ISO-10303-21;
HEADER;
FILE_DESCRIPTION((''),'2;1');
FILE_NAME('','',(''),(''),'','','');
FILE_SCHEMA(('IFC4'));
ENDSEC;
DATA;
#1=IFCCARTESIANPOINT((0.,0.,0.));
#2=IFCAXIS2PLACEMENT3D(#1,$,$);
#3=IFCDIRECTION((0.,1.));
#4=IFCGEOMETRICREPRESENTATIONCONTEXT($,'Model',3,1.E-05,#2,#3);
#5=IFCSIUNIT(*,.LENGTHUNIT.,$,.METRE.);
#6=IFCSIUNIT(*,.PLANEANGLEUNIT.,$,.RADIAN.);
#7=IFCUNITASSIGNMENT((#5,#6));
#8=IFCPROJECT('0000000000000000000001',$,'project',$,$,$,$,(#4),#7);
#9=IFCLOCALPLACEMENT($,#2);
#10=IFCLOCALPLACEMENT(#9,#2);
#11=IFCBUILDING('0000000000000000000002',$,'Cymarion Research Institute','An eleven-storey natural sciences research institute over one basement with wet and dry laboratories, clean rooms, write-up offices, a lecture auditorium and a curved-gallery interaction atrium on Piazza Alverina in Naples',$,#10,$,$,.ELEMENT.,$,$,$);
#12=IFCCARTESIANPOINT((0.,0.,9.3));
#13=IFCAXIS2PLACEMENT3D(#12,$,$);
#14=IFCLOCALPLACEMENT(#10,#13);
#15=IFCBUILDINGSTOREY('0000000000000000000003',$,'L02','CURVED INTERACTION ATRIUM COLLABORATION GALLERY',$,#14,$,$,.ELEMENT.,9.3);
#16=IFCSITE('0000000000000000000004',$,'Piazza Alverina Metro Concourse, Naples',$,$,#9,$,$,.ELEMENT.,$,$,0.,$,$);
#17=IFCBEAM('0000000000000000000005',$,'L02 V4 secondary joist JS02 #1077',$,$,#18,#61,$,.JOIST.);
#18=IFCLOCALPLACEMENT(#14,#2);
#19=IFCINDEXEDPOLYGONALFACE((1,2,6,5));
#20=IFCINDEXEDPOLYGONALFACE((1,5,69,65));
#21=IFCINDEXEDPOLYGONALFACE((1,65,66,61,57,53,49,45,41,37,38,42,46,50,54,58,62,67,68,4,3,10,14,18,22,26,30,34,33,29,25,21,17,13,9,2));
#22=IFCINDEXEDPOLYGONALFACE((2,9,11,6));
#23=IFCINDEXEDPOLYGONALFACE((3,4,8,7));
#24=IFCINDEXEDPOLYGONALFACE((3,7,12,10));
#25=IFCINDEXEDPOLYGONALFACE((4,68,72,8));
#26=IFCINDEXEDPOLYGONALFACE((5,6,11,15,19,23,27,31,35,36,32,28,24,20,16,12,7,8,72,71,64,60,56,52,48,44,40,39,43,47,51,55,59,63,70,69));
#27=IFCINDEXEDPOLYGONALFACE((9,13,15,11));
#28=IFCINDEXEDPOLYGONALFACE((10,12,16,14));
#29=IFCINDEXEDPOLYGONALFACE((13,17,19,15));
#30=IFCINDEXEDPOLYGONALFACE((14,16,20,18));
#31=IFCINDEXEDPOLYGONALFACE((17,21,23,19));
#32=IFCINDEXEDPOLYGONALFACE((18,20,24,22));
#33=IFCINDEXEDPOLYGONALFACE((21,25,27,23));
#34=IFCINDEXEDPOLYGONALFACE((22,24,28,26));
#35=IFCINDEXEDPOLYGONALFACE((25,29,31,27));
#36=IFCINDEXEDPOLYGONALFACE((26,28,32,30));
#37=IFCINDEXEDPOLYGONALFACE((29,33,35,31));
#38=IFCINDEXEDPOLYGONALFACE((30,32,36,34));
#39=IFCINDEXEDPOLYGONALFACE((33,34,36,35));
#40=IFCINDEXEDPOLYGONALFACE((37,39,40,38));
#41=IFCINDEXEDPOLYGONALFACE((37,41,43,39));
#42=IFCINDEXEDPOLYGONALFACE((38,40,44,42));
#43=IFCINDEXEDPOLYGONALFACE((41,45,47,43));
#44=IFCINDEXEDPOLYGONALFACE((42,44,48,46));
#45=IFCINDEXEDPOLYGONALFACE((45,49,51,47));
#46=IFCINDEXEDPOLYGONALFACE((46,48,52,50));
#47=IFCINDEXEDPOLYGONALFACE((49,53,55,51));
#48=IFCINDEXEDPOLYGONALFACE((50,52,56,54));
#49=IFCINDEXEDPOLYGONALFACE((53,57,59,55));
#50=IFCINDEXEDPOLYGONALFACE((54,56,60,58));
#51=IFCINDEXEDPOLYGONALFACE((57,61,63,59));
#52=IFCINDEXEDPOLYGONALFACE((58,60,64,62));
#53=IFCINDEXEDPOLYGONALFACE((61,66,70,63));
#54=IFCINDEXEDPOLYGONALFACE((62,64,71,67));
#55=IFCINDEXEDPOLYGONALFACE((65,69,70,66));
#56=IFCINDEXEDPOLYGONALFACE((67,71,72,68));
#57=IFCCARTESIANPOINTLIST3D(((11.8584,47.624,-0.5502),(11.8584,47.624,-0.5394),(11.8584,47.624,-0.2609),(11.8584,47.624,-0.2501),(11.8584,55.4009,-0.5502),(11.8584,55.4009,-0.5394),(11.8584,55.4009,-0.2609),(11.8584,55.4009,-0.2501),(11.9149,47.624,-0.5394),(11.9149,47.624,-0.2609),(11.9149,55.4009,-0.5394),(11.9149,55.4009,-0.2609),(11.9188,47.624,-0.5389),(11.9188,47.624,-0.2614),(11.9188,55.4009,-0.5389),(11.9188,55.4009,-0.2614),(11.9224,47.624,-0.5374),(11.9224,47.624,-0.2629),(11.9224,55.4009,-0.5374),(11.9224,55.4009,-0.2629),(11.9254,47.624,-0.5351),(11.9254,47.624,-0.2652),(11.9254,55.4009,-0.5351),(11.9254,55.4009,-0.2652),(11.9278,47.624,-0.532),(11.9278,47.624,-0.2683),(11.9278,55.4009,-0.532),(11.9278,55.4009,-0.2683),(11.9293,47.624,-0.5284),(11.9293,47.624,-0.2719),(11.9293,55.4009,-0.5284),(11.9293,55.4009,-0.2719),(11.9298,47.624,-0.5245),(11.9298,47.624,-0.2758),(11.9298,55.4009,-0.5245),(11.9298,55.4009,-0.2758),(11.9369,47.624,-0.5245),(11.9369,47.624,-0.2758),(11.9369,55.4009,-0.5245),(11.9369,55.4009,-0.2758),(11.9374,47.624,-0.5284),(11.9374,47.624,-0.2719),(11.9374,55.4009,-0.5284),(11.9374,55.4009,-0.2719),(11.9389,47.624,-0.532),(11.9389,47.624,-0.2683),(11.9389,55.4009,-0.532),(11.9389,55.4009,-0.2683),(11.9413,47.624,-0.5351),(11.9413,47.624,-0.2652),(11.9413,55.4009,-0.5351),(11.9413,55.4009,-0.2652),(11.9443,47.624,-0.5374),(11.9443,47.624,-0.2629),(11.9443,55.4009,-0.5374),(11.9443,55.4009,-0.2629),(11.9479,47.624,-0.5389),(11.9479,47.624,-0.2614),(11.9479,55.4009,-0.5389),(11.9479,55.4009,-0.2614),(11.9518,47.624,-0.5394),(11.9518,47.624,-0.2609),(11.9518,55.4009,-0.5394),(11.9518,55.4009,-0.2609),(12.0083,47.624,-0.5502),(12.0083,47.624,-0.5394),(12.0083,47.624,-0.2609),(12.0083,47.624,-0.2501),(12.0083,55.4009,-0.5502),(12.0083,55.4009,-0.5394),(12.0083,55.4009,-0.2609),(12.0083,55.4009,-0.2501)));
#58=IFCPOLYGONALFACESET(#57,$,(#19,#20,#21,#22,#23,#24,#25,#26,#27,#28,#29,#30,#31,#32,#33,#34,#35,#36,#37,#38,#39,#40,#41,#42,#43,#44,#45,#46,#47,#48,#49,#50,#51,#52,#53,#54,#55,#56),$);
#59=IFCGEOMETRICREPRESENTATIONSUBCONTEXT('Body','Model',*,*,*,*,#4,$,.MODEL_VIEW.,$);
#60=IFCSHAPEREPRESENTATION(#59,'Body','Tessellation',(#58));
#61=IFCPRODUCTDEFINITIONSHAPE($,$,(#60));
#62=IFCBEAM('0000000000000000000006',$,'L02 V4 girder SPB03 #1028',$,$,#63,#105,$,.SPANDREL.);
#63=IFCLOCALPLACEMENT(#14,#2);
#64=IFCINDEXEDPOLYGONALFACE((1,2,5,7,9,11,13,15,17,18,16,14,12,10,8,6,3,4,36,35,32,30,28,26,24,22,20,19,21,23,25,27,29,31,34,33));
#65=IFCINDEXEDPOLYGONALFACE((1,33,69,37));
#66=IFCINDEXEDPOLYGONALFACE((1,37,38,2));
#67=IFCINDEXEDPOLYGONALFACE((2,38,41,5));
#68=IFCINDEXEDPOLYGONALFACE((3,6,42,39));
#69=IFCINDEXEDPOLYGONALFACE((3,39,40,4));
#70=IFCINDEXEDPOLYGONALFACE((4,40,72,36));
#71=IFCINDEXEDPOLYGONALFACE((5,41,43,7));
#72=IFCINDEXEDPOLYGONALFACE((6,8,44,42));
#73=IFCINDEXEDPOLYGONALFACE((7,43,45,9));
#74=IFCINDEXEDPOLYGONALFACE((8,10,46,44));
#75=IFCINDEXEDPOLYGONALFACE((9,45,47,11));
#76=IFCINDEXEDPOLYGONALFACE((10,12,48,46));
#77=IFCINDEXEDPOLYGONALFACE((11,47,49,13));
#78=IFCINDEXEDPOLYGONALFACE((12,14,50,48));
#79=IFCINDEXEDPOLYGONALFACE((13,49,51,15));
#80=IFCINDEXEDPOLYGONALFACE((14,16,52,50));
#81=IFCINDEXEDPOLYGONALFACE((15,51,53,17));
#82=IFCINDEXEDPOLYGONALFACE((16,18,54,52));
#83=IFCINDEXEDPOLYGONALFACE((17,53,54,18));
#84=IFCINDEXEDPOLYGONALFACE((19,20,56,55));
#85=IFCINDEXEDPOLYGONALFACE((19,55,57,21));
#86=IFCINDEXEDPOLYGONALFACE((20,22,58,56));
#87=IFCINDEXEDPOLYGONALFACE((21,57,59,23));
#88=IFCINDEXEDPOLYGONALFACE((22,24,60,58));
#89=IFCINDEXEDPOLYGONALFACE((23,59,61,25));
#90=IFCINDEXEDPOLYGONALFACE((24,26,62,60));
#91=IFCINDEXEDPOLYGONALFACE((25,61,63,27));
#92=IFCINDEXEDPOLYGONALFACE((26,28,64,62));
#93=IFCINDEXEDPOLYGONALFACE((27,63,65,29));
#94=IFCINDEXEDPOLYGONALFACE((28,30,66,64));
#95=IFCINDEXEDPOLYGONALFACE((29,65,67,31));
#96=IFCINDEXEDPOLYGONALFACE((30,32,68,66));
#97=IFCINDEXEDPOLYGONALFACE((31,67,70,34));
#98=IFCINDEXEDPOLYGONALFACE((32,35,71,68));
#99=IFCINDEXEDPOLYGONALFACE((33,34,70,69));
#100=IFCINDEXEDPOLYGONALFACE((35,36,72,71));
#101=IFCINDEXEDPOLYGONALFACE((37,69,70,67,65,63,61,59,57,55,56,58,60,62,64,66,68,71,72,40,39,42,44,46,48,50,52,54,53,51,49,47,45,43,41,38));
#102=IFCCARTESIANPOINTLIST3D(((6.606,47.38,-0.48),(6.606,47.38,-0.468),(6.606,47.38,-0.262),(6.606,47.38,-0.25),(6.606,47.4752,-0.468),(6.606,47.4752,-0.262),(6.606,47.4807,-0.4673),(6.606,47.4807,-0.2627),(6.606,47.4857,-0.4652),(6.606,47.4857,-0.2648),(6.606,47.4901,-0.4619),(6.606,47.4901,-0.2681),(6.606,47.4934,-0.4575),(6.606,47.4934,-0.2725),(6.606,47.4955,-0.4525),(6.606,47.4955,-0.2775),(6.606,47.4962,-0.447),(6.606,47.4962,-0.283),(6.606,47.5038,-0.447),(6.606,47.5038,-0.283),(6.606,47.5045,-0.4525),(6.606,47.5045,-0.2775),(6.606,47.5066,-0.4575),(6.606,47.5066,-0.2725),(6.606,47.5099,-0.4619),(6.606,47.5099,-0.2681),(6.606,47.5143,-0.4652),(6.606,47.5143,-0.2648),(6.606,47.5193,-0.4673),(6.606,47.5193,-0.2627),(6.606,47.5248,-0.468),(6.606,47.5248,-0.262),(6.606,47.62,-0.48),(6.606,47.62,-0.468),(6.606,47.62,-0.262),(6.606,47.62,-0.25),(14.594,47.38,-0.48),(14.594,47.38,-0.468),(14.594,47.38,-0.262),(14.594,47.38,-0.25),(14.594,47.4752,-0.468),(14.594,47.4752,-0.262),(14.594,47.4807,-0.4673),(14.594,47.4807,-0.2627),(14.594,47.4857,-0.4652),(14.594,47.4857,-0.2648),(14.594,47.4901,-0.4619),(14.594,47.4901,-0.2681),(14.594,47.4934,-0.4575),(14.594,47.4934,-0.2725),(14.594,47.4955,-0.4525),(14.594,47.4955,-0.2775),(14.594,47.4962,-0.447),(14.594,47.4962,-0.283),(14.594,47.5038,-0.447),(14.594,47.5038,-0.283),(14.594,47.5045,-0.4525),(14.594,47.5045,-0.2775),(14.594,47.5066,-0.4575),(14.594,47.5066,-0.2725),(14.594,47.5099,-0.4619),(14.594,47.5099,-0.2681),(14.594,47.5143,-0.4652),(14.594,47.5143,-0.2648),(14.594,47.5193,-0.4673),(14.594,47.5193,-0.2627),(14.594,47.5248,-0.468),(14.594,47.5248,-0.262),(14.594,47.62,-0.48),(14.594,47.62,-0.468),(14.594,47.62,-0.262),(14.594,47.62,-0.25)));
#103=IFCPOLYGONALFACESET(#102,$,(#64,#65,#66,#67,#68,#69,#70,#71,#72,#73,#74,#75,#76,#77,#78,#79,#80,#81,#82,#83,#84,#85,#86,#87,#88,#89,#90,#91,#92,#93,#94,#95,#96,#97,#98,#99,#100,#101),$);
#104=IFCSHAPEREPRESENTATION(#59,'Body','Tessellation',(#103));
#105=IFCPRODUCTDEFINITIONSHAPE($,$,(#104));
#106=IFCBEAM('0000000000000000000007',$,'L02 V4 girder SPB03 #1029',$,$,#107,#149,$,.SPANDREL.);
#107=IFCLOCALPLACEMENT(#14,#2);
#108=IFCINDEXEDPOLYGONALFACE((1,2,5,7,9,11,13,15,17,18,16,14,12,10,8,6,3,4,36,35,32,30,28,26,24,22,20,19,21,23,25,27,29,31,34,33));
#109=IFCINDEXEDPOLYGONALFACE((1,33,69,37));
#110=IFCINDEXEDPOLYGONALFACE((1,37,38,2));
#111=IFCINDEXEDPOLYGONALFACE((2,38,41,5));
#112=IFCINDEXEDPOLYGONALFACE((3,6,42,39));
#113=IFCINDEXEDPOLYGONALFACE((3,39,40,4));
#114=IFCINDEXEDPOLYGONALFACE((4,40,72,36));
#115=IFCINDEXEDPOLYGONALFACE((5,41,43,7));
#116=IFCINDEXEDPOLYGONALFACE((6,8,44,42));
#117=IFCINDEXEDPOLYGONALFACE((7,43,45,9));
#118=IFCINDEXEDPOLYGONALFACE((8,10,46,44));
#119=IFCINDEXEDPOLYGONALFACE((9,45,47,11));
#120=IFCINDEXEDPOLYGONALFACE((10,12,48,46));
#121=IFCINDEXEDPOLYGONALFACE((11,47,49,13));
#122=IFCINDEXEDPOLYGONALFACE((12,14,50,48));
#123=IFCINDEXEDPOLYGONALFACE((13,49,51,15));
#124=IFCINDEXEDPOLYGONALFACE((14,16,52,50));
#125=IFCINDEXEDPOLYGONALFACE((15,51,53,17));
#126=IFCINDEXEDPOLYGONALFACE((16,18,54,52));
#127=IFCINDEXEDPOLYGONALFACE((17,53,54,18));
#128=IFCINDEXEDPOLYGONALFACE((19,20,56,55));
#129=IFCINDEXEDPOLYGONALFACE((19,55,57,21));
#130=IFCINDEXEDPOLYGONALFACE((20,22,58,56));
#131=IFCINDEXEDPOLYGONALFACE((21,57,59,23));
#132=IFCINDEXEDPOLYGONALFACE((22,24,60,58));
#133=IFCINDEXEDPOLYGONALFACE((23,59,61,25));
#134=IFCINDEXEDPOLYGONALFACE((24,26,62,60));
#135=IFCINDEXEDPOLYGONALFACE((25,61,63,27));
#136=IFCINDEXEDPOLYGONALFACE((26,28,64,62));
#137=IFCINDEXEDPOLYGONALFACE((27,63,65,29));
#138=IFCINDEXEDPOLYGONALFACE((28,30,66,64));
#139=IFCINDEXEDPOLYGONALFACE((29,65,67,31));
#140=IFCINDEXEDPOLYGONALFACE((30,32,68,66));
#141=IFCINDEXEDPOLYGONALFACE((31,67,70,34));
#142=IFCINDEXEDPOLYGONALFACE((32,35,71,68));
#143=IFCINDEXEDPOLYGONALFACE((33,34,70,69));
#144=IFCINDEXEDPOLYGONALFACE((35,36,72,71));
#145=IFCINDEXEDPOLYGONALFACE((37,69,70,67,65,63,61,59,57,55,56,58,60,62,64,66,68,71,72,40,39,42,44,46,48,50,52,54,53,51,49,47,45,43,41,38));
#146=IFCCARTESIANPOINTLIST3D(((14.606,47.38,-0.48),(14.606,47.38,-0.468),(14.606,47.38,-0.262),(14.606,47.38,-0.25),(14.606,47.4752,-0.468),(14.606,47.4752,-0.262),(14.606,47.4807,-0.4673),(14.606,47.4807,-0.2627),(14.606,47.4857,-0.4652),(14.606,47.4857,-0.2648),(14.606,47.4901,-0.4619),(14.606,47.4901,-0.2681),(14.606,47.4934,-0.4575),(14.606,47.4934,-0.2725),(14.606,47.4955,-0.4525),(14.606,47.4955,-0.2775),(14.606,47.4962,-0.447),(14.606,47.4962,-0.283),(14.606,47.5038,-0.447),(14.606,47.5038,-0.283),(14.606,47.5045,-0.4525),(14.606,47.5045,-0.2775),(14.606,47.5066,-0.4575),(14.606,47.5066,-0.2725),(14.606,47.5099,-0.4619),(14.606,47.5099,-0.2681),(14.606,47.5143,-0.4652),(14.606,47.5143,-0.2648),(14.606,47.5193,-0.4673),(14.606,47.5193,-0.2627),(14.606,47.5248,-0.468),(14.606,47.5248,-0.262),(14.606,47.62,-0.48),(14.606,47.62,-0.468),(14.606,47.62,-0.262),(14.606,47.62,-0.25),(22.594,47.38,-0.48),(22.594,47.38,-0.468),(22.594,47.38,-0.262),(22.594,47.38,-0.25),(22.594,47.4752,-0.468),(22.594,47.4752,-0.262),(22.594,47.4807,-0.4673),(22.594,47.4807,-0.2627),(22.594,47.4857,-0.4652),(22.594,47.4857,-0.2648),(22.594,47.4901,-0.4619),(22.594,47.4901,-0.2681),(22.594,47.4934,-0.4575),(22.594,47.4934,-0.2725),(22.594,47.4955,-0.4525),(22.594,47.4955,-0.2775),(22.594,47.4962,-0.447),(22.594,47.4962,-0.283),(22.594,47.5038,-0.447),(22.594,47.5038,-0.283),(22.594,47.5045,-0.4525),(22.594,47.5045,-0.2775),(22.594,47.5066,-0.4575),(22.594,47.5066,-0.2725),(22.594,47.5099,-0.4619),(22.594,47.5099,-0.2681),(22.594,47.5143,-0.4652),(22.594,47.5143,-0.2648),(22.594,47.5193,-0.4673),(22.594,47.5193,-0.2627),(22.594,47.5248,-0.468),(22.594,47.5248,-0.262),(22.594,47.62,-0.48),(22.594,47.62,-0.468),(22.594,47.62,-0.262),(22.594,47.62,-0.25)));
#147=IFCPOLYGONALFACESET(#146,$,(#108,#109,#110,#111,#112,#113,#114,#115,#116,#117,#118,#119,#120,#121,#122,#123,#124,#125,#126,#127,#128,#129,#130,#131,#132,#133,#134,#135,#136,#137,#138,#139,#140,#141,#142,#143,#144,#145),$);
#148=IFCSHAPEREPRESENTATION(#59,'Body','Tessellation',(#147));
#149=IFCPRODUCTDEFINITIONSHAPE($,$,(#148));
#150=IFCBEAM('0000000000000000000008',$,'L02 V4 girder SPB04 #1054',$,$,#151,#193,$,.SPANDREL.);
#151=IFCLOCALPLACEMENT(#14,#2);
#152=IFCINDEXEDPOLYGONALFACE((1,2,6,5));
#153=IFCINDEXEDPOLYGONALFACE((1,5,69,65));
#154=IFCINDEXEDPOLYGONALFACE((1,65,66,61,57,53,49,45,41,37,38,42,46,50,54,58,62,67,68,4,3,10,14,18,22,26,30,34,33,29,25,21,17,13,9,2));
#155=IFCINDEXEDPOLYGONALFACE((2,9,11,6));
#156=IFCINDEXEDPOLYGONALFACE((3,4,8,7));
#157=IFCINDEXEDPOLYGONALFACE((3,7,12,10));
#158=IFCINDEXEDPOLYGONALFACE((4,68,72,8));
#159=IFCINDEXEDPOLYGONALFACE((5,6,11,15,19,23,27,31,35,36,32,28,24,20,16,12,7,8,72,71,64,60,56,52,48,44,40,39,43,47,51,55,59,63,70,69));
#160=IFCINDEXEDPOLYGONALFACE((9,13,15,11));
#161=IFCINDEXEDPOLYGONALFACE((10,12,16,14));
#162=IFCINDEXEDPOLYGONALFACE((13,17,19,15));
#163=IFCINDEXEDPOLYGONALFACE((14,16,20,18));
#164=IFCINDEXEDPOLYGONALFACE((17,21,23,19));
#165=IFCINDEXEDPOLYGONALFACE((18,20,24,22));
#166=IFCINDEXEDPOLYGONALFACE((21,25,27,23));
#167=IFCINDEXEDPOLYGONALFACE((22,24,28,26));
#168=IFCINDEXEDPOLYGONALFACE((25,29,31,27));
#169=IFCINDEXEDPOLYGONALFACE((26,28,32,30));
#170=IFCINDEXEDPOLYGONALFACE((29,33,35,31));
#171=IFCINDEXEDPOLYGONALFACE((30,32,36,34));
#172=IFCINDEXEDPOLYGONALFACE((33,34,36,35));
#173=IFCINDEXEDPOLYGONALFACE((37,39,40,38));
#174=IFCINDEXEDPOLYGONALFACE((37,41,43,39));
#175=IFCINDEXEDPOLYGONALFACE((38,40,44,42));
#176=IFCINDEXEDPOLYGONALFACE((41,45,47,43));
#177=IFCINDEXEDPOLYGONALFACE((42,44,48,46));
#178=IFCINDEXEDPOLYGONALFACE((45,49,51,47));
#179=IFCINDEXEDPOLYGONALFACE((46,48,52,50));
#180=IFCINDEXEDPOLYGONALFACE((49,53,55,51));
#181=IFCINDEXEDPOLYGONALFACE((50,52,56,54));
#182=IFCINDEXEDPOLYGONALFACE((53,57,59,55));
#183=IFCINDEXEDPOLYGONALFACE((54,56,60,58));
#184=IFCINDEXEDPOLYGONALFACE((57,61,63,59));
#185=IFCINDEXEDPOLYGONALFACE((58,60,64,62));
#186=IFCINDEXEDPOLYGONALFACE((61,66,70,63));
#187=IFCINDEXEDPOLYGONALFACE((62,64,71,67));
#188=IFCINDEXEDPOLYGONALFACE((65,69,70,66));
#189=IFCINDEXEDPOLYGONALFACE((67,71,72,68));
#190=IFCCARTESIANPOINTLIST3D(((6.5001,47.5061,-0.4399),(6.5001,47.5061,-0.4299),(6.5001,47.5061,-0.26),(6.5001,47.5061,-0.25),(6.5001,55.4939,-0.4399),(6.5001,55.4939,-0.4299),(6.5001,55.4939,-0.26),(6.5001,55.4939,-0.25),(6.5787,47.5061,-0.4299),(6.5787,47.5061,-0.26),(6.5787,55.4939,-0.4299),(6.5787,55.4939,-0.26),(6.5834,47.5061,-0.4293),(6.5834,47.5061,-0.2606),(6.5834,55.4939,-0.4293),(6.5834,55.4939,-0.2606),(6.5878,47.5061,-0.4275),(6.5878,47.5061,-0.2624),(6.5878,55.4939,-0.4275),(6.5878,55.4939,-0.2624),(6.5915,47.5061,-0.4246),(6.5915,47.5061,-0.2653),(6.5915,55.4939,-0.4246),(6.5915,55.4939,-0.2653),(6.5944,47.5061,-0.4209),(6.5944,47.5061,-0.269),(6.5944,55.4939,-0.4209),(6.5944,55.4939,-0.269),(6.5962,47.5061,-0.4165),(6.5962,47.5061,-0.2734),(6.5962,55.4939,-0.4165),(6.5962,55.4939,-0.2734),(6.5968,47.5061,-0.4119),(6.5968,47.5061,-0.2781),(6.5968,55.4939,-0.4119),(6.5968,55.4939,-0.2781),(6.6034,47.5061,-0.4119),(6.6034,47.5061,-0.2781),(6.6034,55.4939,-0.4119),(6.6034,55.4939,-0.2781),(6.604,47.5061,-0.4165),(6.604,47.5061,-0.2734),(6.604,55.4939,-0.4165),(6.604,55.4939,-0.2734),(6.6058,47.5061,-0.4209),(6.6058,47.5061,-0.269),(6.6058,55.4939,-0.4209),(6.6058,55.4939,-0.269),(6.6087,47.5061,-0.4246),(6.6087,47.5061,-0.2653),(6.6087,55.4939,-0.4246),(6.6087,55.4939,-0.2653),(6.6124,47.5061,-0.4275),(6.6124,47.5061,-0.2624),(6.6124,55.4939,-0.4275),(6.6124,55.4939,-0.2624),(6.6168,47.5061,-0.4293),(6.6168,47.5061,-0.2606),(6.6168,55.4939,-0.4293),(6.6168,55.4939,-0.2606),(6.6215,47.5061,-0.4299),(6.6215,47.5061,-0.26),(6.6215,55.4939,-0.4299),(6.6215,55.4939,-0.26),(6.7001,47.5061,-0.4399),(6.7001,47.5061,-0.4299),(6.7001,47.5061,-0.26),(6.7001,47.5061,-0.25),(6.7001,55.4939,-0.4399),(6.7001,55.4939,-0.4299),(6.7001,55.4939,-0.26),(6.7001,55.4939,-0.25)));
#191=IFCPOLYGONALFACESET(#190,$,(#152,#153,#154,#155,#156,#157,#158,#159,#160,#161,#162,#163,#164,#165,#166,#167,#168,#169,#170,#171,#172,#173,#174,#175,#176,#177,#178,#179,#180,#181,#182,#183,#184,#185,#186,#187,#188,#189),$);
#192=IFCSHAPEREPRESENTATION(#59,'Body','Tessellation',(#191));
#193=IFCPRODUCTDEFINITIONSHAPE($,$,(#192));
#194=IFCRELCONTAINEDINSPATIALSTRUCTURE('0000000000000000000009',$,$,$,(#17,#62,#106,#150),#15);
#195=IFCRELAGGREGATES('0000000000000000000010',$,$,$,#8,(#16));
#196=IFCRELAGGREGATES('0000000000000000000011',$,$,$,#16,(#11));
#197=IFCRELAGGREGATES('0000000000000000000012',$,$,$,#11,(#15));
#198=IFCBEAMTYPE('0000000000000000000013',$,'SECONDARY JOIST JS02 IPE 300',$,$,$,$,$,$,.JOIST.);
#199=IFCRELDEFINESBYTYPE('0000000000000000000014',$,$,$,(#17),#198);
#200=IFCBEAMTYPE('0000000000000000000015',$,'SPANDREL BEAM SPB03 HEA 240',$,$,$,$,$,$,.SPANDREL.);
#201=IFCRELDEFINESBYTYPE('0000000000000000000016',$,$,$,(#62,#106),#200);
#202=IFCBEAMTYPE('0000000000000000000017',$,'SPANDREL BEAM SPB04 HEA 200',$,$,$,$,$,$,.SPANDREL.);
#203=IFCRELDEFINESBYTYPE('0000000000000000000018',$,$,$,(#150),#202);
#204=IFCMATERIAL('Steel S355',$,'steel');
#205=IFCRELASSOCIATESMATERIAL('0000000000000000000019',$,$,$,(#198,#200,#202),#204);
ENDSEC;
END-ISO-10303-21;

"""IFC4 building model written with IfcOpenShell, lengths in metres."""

from ifc_helpers import new_model, si_unit, direction, frame, origin, origin_2d, place, context, subcontext, project, spatial, i_section, extrude, material, material_profile, profile_set, type_object, element, save


model = new_model("IFC4")

# Units and contexts
model_context = context("Model", 3, precision=1e-05, world=origin(), true_north=direction((0.0, 1.0)))
body_context = subcontext(model_context, "Body", "Model", "MODEL_VIEW")
ifc_project = project(units=[si_unit("LENGTHUNIT", "METRE"), si_unit("PLANEANGLEUNIT", "RADIAN")], contexts=[model_context])

# Site, building, storey
site_placement = place(None, origin())
site = spatial("IfcSite", under=ifc_project, at=site_placement, Name="Piazza Alverina Metro Concourse, Naples", CompositionType="ELEMENT", RefElevation=0.0)
building_placement = place(site_placement, origin())
building = spatial("IfcBuilding", under=site, at=building_placement, Name="Cymarion Research Institute", Description="An eleven-storey natural sciences research institute over one basement with wet and dry laboratories, clean rooms, write-up offices, a lecture auditorium and a curved-gallery interaction atrium on Piazza Alverina in Naples", CompositionType="ELEMENT")
storey_placement = place(building_placement, frame((0.0, 0.0, 9.3)))
storey = spatial("IfcBuildingStorey", under=building, at=storey_placement, Name="L02", Description="CURVED INTERACTION ATRIUM COLLABORATION GALLERY", CompositionType="ELEMENT", Elevation=9.3)

# Shared definitions
ifc_material_1 = material(Name="Steel S355", Category="steel")

# Beams
ifc_material_profile_1 = material_profile(ifc_material_1, i_section(OverallWidth=0.1499, OverallDepth=0.3, WebThickness=0.0071, FlangeThickness=0.0107, FilletRadius=0.0149, at=origin_2d()), Name="IPE 300")
ifc_profile_set_1 = profile_set([ifc_material_profile_1], Name="Steel S355")
beam_type_1 = type_object("IfcBeamType", Name="SECONDARY JOIST JS02 IPE 300", PredefinedType="JOIST", material=ifc_profile_set_1)
for number, where, z_axis, x_axis, name in (
    (1, (11.9333, 47.624, -0.4001), (0.0, 1.0, 0.0), (-1.0, 0.0, 0.0), "L02 V4 secondary joist JS02 #1077"),
):
    element("IfcBeam", number, at=place(storey_placement, frame(where, z_axis=z_axis, x_axis=x_axis)), inside=storey, type_object=beam_type_1, Name=name, PredefinedType="JOIST", context=body_context, shape_type="SweptSolid", body=[
        extrude(i_section(OverallWidth=0.1499, OverallDepth=0.3, WebThickness=0.0071, FlangeThickness=0.0107, FilletRadius=0.0149, at=origin_2d()), origin(), (0.0, 0.0, 1.0), 7.7769),
    ])
ifc_material_profile_2 = material_profile(ifc_material_1, i_section(OverallWidth=0.24, OverallDepth=0.23, WebThickness=0.0076, FlangeThickness=0.012, FilletRadius=0.021, at=origin_2d()), Name="HEA 240")
ifc_profile_set_2 = profile_set([ifc_material_profile_2], Name="Steel S355")
beam_type_2 = type_object("IfcBeamType", Name="SPANDREL BEAM SPB03 HEA 240", PredefinedType="SPANDREL", material=ifc_profile_set_2)
for number, where, z_axis, x_axis, name in (
    (2, (6.606, 47.5, -0.365), (1.0, 0.0, 0.0), (0.0, 1.0, 0.0), "L02 V4 girder SPB03 #1028"),
    (3, (14.606, 47.5, -0.365), (1.0, 0.0, 0.0), (0.0, 1.0, 0.0), "L02 V4 girder SPB03 #1029"),
):
    element("IfcBeam", number, at=place(storey_placement, frame(where, z_axis=z_axis, x_axis=x_axis)), inside=storey, type_object=beam_type_2, Name=name, PredefinedType="SPANDREL", context=body_context, shape_type="SweptSolid", body=[
        extrude(i_section(OverallWidth=0.24, OverallDepth=0.23, WebThickness=0.0076, FlangeThickness=0.012, FilletRadius=0.021, at=origin_2d()), origin(), (0.0, 0.0, 1.0), 7.988),
    ])
ifc_material_profile_3 = material_profile(ifc_material_1, i_section(OverallWidth=0.2, OverallDepth=0.1899, WebThickness=0.0066, FlangeThickness=0.01, FilletRadius=0.0181, at=origin_2d()), Name="HEA 200")
ifc_profile_set_3 = profile_set([ifc_material_profile_3], Name="Steel S355")
beam_type_3 = type_object("IfcBeamType", Name="SPANDREL BEAM SPB04 HEA 200", PredefinedType="SPANDREL", material=ifc_profile_set_3)
beam_1_placement = place(storey_placement, frame((6.6001, 47.5061, -0.345), z_axis=(0.0, 1.0, 0.0), x_axis=(-1.0, 0.0, 0.0)))
element("IfcBeam", 4, at=beam_1_placement, inside=storey, type_object=beam_type_3, Name="L02 V4 girder SPB04 #1054", PredefinedType="SPANDREL", context=body_context, shape_type="SweptSolid", body=[
    extrude(i_section(OverallWidth=0.2, OverallDepth=0.1899, WebThickness=0.0066, FlangeThickness=0.01, FilletRadius=0.0181, at=origin_2d()), origin(), (0.0, 0.0, 1.0), 7.9878),
])

save(model, "model.ifc")
